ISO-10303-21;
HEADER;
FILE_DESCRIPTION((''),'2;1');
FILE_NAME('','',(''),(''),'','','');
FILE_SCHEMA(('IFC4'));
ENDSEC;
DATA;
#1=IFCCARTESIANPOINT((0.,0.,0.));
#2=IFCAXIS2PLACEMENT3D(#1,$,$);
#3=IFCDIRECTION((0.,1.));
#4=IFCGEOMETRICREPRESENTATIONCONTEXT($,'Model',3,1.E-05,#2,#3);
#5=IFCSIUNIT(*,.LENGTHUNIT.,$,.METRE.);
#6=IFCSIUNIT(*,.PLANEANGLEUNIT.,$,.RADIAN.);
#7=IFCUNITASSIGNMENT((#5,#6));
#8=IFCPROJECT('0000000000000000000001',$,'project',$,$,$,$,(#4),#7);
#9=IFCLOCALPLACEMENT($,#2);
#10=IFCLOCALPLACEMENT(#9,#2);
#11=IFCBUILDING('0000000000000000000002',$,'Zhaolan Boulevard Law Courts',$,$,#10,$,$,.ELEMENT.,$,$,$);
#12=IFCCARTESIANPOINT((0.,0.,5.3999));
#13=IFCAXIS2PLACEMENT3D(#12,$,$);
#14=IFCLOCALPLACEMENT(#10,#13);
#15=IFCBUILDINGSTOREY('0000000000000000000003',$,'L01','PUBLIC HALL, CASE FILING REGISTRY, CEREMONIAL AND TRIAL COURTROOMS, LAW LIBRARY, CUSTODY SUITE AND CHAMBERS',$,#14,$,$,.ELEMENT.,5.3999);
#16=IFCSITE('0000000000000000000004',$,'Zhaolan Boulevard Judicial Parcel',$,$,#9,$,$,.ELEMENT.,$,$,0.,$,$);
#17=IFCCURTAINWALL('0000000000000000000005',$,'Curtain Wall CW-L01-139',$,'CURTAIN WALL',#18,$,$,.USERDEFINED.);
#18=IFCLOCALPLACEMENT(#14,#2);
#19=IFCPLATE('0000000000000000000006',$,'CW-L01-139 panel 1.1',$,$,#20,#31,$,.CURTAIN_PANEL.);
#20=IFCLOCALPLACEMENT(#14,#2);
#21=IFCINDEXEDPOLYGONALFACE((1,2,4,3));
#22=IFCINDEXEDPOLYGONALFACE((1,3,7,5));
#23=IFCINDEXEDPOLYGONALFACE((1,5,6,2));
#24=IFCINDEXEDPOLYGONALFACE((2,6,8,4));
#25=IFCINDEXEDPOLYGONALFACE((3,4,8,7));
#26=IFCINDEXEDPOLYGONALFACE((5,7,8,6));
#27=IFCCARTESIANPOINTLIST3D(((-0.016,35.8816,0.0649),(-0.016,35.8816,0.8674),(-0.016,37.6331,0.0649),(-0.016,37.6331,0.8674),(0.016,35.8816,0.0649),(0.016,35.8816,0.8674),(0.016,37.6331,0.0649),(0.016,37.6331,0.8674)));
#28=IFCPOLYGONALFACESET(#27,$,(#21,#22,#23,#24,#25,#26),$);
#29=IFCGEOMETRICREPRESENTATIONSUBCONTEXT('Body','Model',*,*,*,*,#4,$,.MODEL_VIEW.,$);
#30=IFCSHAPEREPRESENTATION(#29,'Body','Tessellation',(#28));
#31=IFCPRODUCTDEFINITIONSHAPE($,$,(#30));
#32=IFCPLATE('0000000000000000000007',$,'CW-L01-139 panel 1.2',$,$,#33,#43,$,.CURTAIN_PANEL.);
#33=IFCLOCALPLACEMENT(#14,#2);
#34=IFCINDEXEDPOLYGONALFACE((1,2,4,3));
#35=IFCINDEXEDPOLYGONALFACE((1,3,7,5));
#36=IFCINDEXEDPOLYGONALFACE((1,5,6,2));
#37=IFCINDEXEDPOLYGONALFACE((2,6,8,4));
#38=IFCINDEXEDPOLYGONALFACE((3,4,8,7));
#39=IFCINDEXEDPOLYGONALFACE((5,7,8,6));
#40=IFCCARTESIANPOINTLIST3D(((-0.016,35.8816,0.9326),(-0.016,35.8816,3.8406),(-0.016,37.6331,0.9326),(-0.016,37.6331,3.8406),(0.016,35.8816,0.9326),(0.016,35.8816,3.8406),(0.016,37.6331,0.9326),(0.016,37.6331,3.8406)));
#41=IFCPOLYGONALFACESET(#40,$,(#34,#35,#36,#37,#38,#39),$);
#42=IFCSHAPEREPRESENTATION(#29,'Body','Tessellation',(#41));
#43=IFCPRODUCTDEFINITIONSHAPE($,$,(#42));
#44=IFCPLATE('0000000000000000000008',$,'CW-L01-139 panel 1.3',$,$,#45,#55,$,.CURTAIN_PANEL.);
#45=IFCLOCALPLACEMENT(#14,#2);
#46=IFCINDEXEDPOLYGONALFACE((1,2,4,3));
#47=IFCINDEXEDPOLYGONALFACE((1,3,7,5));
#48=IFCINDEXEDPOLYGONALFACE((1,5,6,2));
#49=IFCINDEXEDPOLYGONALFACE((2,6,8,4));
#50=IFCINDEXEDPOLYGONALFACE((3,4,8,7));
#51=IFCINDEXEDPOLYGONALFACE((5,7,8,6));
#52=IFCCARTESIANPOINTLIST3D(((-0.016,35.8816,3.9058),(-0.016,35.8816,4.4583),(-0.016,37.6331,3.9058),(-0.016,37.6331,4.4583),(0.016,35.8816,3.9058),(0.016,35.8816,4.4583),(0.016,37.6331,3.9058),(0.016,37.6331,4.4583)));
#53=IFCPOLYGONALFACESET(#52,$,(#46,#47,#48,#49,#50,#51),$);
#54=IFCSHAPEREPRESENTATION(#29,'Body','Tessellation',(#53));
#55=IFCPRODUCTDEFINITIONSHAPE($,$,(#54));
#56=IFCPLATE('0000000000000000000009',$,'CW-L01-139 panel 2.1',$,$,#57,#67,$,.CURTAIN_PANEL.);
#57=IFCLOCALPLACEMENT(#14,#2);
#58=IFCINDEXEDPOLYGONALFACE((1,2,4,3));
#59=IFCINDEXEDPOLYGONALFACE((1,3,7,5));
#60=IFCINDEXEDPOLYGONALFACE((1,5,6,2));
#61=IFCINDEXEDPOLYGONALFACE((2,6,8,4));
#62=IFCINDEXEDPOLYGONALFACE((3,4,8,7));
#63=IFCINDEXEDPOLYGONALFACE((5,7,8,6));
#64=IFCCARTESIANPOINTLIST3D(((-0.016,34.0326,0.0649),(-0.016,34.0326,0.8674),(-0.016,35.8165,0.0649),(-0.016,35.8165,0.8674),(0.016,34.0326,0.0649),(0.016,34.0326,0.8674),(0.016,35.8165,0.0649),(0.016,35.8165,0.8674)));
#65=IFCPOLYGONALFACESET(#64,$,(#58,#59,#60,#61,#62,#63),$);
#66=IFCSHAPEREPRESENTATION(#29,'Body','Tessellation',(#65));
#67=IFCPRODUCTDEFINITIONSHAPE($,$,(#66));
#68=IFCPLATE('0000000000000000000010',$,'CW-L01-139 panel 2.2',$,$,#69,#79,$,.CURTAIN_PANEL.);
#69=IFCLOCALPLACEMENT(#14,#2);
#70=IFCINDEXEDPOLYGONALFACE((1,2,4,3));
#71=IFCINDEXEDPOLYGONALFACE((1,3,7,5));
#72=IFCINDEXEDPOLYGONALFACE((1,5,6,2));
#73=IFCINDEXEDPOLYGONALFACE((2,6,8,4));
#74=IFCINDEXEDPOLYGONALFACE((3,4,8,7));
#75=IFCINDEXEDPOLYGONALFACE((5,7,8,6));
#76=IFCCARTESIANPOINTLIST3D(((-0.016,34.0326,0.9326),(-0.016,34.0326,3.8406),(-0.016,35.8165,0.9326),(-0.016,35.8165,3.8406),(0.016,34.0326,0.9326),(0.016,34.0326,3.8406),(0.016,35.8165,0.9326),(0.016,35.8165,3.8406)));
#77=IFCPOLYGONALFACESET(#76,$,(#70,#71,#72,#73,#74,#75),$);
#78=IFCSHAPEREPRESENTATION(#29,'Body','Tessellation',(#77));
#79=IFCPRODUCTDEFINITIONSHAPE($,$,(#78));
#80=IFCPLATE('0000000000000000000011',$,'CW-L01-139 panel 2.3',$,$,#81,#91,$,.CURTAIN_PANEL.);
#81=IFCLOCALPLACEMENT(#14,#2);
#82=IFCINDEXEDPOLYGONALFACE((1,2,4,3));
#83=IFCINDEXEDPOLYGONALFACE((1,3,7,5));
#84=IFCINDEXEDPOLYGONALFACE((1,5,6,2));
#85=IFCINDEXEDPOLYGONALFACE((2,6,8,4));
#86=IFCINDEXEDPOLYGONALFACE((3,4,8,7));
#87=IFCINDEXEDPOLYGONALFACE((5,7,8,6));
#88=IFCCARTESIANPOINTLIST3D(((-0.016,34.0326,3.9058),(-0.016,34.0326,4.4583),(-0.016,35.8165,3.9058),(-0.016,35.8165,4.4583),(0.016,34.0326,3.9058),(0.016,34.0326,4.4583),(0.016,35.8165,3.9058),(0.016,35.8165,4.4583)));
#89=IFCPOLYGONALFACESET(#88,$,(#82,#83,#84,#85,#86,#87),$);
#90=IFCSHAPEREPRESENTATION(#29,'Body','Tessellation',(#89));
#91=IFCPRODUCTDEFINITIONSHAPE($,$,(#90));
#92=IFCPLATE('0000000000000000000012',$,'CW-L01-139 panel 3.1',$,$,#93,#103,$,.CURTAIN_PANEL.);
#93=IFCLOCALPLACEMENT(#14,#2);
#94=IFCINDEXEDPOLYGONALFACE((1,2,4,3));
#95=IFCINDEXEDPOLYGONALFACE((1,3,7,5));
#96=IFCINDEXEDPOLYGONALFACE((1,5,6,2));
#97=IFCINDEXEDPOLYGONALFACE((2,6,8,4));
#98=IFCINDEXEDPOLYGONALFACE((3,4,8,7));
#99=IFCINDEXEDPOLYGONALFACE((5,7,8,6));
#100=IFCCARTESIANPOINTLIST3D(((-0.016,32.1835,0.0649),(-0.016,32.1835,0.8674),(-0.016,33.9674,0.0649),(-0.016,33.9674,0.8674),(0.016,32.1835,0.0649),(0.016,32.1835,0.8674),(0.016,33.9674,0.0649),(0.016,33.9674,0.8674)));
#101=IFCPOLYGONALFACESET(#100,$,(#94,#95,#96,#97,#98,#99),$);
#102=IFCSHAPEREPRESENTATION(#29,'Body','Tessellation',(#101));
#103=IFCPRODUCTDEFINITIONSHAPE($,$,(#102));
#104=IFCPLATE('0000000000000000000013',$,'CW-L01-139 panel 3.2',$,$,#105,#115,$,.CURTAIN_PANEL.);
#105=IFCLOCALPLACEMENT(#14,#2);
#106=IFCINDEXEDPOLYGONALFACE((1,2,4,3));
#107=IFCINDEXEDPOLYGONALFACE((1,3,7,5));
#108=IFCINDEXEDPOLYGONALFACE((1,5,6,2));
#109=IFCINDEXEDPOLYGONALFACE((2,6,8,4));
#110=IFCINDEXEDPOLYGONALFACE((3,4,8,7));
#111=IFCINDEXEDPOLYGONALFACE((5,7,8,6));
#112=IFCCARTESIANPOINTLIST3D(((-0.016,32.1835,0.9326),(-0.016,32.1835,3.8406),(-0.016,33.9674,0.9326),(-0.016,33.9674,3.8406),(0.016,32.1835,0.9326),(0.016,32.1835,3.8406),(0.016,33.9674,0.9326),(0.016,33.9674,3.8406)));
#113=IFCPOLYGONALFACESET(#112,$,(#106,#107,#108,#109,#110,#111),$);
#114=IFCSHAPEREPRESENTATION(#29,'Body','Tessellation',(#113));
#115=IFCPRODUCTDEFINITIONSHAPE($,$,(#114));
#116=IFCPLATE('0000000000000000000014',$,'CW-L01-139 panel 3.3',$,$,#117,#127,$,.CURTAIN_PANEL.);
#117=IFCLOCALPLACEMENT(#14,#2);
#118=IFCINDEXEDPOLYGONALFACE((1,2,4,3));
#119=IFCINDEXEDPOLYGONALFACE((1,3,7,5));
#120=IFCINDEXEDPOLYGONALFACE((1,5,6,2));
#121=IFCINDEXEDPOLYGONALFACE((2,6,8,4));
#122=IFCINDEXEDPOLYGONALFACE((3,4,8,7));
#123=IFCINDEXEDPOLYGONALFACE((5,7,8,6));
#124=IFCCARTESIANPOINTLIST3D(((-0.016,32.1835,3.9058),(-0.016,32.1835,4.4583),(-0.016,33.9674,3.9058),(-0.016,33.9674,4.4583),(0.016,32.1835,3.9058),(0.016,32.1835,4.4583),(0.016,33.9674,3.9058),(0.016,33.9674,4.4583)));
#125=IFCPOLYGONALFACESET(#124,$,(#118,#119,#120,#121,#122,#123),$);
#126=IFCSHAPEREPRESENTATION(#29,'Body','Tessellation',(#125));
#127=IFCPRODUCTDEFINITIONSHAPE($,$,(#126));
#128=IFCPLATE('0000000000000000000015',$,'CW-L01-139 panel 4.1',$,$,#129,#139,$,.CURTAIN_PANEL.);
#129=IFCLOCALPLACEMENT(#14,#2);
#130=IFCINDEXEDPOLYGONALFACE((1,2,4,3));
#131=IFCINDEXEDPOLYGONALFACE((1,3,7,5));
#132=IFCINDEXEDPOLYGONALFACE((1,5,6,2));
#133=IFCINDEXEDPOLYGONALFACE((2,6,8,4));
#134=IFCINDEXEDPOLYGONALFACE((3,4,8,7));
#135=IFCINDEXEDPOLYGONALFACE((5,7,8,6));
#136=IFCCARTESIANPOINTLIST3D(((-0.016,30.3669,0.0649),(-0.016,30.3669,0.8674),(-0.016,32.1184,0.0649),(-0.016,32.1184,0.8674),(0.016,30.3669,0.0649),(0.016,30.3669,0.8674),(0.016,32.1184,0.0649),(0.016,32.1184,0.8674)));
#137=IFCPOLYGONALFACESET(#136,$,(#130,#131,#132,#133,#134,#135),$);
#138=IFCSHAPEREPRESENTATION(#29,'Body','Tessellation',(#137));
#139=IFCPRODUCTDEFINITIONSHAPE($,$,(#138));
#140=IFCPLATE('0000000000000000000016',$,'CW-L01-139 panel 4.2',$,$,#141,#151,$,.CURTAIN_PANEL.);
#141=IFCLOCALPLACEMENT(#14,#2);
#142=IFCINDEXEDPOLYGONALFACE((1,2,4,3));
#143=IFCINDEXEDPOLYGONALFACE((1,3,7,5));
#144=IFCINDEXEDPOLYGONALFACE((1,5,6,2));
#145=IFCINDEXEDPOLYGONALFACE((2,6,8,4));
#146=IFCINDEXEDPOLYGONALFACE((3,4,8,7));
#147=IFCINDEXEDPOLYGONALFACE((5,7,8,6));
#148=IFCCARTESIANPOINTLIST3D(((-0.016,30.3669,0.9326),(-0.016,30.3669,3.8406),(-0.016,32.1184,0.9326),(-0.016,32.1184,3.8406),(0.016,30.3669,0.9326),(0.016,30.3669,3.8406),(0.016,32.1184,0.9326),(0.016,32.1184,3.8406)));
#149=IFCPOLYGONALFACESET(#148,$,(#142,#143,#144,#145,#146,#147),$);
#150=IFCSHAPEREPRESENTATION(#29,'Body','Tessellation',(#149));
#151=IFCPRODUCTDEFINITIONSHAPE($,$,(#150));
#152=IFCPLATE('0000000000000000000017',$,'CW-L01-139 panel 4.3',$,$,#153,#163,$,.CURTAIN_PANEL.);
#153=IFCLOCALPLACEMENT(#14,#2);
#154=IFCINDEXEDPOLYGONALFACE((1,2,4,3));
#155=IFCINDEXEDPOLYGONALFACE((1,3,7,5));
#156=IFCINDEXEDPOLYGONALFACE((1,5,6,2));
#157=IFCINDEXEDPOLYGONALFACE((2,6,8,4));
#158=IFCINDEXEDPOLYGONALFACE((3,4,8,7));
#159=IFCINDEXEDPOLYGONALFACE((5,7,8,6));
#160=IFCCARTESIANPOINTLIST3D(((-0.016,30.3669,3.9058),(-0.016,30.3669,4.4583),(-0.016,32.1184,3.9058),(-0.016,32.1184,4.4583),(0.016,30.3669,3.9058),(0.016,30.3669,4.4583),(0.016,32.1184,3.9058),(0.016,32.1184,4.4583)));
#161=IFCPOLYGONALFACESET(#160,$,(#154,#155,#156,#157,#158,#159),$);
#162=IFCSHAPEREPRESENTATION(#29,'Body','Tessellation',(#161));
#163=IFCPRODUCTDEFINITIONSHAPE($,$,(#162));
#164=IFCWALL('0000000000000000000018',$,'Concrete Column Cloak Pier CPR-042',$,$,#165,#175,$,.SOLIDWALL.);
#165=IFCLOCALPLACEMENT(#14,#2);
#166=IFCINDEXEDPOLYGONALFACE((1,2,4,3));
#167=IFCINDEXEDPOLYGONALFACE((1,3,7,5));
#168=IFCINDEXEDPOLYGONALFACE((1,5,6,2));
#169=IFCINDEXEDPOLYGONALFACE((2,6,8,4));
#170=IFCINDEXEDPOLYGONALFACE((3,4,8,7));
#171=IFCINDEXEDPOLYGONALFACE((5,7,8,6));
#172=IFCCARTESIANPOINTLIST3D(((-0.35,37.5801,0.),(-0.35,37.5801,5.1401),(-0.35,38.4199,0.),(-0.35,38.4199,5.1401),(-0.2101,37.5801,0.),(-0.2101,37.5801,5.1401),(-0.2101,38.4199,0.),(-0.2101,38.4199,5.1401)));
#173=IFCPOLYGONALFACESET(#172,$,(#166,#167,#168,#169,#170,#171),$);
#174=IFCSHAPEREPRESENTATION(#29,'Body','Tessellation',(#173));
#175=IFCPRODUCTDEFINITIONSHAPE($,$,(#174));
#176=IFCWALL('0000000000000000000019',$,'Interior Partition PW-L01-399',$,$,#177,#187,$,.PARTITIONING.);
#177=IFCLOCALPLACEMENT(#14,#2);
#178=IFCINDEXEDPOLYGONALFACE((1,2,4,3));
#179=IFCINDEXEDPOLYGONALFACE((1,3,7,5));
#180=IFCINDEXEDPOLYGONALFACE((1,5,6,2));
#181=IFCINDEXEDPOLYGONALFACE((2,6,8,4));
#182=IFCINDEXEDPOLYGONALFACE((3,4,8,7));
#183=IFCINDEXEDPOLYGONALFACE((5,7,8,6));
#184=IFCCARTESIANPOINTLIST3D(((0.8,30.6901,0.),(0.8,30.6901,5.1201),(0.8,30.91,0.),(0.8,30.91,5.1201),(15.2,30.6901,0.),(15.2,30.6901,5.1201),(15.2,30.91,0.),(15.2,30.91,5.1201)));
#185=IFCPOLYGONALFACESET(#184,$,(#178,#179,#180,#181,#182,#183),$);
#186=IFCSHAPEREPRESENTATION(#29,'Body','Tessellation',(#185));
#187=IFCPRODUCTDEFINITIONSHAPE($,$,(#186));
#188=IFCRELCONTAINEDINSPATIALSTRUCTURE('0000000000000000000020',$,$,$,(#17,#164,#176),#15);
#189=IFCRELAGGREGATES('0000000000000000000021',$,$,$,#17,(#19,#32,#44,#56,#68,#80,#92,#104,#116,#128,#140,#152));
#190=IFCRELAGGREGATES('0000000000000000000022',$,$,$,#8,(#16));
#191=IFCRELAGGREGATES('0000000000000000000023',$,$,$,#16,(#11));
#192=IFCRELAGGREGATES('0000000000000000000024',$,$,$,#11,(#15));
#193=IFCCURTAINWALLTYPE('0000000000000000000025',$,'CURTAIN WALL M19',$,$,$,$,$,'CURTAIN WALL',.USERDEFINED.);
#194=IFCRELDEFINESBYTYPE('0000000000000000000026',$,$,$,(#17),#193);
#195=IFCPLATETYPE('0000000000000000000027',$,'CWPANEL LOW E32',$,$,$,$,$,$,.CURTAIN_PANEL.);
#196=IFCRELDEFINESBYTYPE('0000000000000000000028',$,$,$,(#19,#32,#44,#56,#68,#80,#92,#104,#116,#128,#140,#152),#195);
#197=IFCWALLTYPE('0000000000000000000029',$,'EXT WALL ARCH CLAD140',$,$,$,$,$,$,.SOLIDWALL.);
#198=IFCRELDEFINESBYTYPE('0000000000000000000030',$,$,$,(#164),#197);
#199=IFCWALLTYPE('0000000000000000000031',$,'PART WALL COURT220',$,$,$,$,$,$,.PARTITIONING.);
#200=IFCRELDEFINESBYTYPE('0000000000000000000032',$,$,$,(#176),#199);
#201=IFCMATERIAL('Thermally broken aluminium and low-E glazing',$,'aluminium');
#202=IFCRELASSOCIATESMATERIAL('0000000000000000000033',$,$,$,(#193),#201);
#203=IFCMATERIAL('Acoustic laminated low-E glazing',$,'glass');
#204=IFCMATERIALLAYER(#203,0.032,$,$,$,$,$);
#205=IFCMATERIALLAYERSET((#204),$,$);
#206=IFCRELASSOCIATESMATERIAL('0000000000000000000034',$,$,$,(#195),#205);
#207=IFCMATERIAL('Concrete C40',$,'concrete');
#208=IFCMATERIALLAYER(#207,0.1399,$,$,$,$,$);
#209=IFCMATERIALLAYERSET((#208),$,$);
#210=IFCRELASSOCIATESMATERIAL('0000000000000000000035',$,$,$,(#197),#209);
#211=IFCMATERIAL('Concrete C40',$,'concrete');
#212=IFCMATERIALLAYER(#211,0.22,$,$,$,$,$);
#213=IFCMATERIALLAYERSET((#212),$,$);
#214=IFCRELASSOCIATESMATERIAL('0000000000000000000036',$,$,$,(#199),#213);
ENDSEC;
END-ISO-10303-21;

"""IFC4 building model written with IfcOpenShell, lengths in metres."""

from ifc_helpers import new_model, si_unit, direction, frame, frame_2d, origin, origin_2d, place, context, subcontext, project, spatial, rectangle, extrude, material, layer, layer_set, type_object, element, aggregate, save


model = new_model("IFC4")

# Units and contexts
model_context = context("Model", 3, precision=1e-05, world=origin(), true_north=direction((0.0, 1.0)))
body_context = subcontext(model_context, "Body", "Model", "MODEL_VIEW")
ifc_project = project(units=[si_unit("LENGTHUNIT", "METRE"), si_unit("PLANEANGLEUNIT", "RADIAN")], contexts=[model_context])

# Site, building, storey
site_placement = place(None, origin())
site = spatial("IfcSite", under=ifc_project, at=site_placement, Name="Zhaolan Boulevard Judicial Parcel", CompositionType="ELEMENT", RefElevation=0.0)
building_placement = place(site_placement, origin())
building = spatial("IfcBuilding", under=site, at=building_placement, Name="Zhaolan Boulevard Law Courts", CompositionType="ELEMENT")
storey_placement = place(building_placement, frame((0.0, 0.0, 5.3999)))
storey = spatial("IfcBuildingStorey", under=building, at=storey_placement, Name="L01", Description="PUBLIC HALL, CASE FILING REGISTRY, CEREMONIAL AND TRIAL COURTROOMS, LAW LIBRARY, CUSTODY SUITE AND CHAMBERS", CompositionType="ELEMENT", Elevation=5.3999)

# Curtain wall
ifc_material_1 = material(Name="Thermally broken aluminium and low-E glazing", Category="aluminium")
curtain_wall_type = type_object("IfcCurtainWallType", Name="CURTAIN WALL M19", ElementType="CURTAIN WALL", PredefinedType="USERDEFINED", material=ifc_material_1)
curtain_wall_1_placement = place(storey_placement, origin())
curtain_wall_1 = element("IfcCurtainWall", 1, at=curtain_wall_1_placement, inside=storey, type_object=curtain_wall_type, Name="Curtain Wall CW-L01-139", ObjectType="CURTAIN WALL", PredefinedType="USERDEFINED")

# Plates
ifc_material_2 = material(Name="Acoustic laminated low-E glazing", Category="glass")
ifc_layer_1 = layer(ifc_material_2, 0.032)
ifc_layer_set_1 = layer_set([ifc_layer_1])
plate_type = type_object("IfcPlateType", Name="CWPANEL LOW E32", PredefinedType="CURTAIN_PANEL", material=ifc_layer_set_1)
plate_1_placement = place(storey_placement, frame((0.0, 36.7573, 0.0649), z_axis=(0.0, 0.0, 1.0), x_axis=(0.0, -1.0, 0.0)))
plate_1 = element("IfcPlate", 2, at=plate_1_placement, type_object=plate_type, Name="CW-L01-139 panel 1.1", PredefinedType="CURTAIN_PANEL", context=body_context, shape_type="SweptSolid", body=[
    extrude(rectangle(XDim=1.7515, YDim=0.032, at=origin_2d()), origin(), (0.0, 0.0, 1.0), 0.8025),
])
plate_2_placement = place(storey_placement, frame((0.0, 36.7573, 0.9326), z_axis=(0.0, 0.0, 1.0), x_axis=(0.0, -1.0, 0.0)))
plate_2 = element("IfcPlate", 3, at=plate_2_placement, type_object=plate_type, Name="CW-L01-139 panel 1.2", PredefinedType="CURTAIN_PANEL", context=body_context, shape_type="SweptSolid", body=[
    extrude(rectangle(XDim=1.7515, YDim=0.032, at=origin_2d()), origin(), (0.0, 0.0, 1.0), 2.908),
])
plate_3_placement = place(storey_placement, frame((0.0, 36.7573, 3.9058), z_axis=(0.0, 0.0, 1.0), x_axis=(0.0, -1.0, 0.0)))
plate_3 = element("IfcPlate", 4, at=plate_3_placement, type_object=plate_type, Name="CW-L01-139 panel 1.3", PredefinedType="CURTAIN_PANEL", context=body_context, shape_type="SweptSolid", body=[
    extrude(rectangle(XDim=1.7515, YDim=0.032, at=origin_2d()), origin(), (0.0, 0.0, 1.0), 0.5525),
])
plate_4_placement = place(storey_placement, frame((0.0, 34.9246, 0.0649), z_axis=(0.0, 0.0, 1.0), x_axis=(0.0, -1.0, 0.0)))
plate_4 = element("IfcPlate", 5, at=plate_4_placement, type_object=plate_type, Name="CW-L01-139 panel 2.1", PredefinedType="CURTAIN_PANEL", context=body_context, shape_type="SweptSolid", body=[
    extrude(rectangle(XDim=1.7839, YDim=0.032, at=origin_2d()), origin(), (0.0, 0.0, 1.0), 0.8025),
])
plate_5_placement = place(storey_placement, frame((0.0, 34.9246, 0.9326), z_axis=(0.0, 0.0, 1.0), x_axis=(0.0, -1.0, 0.0)))
plate_5 = element("IfcPlate", 6, at=plate_5_placement, type_object=plate_type, Name="CW-L01-139 panel 2.2", PredefinedType="CURTAIN_PANEL", context=body_context, shape_type="SweptSolid", body=[
    extrude(rectangle(XDim=1.7839, YDim=0.032, at=origin_2d()), origin(), (0.0, 0.0, 1.0), 2.908),
])
plate_6_placement = place(storey_placement, frame((0.0, 34.9246, 3.9058), z_axis=(0.0, 0.0, 1.0), x_axis=(0.0, -1.0, 0.0)))
plate_6 = element("IfcPlate", 7, at=plate_6_placement, type_object=plate_type, Name="CW-L01-139 panel 2.3", PredefinedType="CURTAIN_PANEL", context=body_context, shape_type="SweptSolid", body=[
    extrude(rectangle(XDim=1.7839, YDim=0.032, at=origin_2d()), origin(), (0.0, 0.0, 1.0), 0.5525),
])
plate_7_placement = place(storey_placement, frame((0.0, 33.0754, 0.0649), z_axis=(0.0, 0.0, 1.0), x_axis=(0.0, -1.0, 0.0)))
plate_7 = element("IfcPlate", 8, at=plate_7_placement, type_object=plate_type, Name="CW-L01-139 panel 3.1", PredefinedType="CURTAIN_PANEL", context=body_context, shape_type="SweptSolid", body=[
    extrude(rectangle(XDim=1.7839, YDim=0.032, at=origin_2d()), origin(), (0.0, 0.0, 1.0), 0.8025),
])
plate_8_placement = place(storey_placement, frame((0.0, 33.0754, 0.9326), z_axis=(0.0, 0.0, 1.0), x_axis=(0.0, -1.0, 0.0)))
plate_8 = element("IfcPlate", 9, at=plate_8_placement, type_object=plate_type, Name="CW-L01-139 panel 3.2", PredefinedType="CURTAIN_PANEL", context=body_context, shape_type="SweptSolid", body=[
    extrude(rectangle(XDim=1.7839, YDim=0.032, at=origin_2d()), origin(), (0.0, 0.0, 1.0), 2.908),
])
plate_9_placement = place(storey_placement, frame((0.0, 33.0754, 3.9058), z_axis=(0.0, 0.0, 1.0), x_axis=(0.0, -1.0, 0.0)))
plate_9 = element("IfcPlate", 10, at=plate_9_placement, type_object=plate_type, Name="CW-L01-139 panel 3.3", PredefinedType="CURTAIN_PANEL", context=body_context, shape_type="SweptSolid", body=[
    extrude(rectangle(XDim=1.7839, YDim=0.032, at=origin_2d()), origin(), (0.0, 0.0, 1.0), 0.5525),
])
plate_10_placement = place(storey_placement, frame((0.0, 31.2427, 0.0649), z_axis=(0.0, 0.0, 1.0), x_axis=(0.0, -1.0, 0.0)))
plate_10 = element("IfcPlate", 11, at=plate_10_placement, type_object=plate_type, Name="CW-L01-139 panel 4.1", PredefinedType="CURTAIN_PANEL", context=body_context, shape_type="SweptSolid", body=[
    extrude(rectangle(XDim=1.7515, YDim=0.032, at=origin_2d()), origin(), (0.0, 0.0, 1.0), 0.8025),
])
plate_11_placement = place(storey_placement, frame((0.0, 31.2427, 0.9326), z_axis=(0.0, 0.0, 1.0), x_axis=(0.0, -1.0, 0.0)))
plate_11 = element("IfcPlate", 12, at=plate_11_placement, type_object=plate_type, Name="CW-L01-139 panel 4.2", PredefinedType="CURTAIN_PANEL", context=body_context, shape_type="SweptSolid", body=[
    extrude(rectangle(XDim=1.7515, YDim=0.032, at=origin_2d()), origin(), (0.0, 0.0, 1.0), 2.908),
])
plate_12_placement = place(storey_placement, frame((0.0, 31.2427, 3.9058), z_axis=(0.0, 0.0, 1.0), x_axis=(0.0, -1.0, 0.0)))
plate_12 = element("IfcPlate", 13, at=plate_12_placement, type_object=plate_type, Name="CW-L01-139 panel 4.3", PredefinedType="CURTAIN_PANEL", context=body_context, shape_type="SweptSolid", body=[
    extrude(rectangle(XDim=1.7515, YDim=0.032, at=origin_2d()), origin(), (0.0, 0.0, 1.0), 0.5525),
])
aggregate(curtain_wall_1, [plate_1, plate_2, plate_3, plate_4, plate_5, plate_6, plate_7, plate_8, plate_9, plate_10, plate_11, plate_12])

# Walls
ifc_material_3 = material(Name="Concrete C40", Category="concrete")
ifc_layer_2 = layer(ifc_material_3, 0.1399)
ifc_layer_set_2 = layer_set([ifc_layer_2])
wall_type_1 = type_object("IfcWallType", Name="EXT WALL ARCH CLAD140", PredefinedType="SOLIDWALL", material=ifc_layer_set_2)
wall_1_placement = place(storey_placement, frame((-0.28, 37.5801, 0.0), z_axis=(0.0, 0.0, 1.0), x_axis=(0.0, 1.0, 0.0)))
element("IfcWall", 14, at=wall_1_placement, inside=storey, type_object=wall_type_1, Name="Concrete Column Cloak Pier CPR-042", PredefinedType="SOLIDWALL", context=body_context, shape_type="SweptSolid", body=[
    extrude(rectangle(XDim=0.8398, YDim=0.1399, at=frame_2d((0.4199, 0.0))), origin(), (0.0, 0.0, 1.0), 5.1401),
])
ifc_material_4 = material(Name="Concrete C40", Category="concrete")
ifc_layer_3 = layer(ifc_material_4, 0.22)
ifc_layer_set_3 = layer_set([ifc_layer_3])
wall_type_2 = type_object("IfcWallType", Name="PART WALL COURT220", PredefinedType="PARTITIONING", material=ifc_layer_set_3)
wall_2_placement = place(storey_placement, frame((0.8, 30.8, 0.0), z_axis=(0.0, 0.0, 1.0), x_axis=(1.0, 0.0, 0.0)))
element("IfcWall", 15, at=wall_2_placement, inside=storey, type_object=wall_type_2, Name="Interior Partition PW-L01-399", PredefinedType="PARTITIONING", context=body_context, shape_type="SweptSolid", body=[
    extrude(rectangle(XDim=14.3999, YDim=0.22, at=frame_2d((7.2, 0.0))), origin(), (0.0, 0.0, 1.0), 5.1201),
])

save(model, "model.ifc")
